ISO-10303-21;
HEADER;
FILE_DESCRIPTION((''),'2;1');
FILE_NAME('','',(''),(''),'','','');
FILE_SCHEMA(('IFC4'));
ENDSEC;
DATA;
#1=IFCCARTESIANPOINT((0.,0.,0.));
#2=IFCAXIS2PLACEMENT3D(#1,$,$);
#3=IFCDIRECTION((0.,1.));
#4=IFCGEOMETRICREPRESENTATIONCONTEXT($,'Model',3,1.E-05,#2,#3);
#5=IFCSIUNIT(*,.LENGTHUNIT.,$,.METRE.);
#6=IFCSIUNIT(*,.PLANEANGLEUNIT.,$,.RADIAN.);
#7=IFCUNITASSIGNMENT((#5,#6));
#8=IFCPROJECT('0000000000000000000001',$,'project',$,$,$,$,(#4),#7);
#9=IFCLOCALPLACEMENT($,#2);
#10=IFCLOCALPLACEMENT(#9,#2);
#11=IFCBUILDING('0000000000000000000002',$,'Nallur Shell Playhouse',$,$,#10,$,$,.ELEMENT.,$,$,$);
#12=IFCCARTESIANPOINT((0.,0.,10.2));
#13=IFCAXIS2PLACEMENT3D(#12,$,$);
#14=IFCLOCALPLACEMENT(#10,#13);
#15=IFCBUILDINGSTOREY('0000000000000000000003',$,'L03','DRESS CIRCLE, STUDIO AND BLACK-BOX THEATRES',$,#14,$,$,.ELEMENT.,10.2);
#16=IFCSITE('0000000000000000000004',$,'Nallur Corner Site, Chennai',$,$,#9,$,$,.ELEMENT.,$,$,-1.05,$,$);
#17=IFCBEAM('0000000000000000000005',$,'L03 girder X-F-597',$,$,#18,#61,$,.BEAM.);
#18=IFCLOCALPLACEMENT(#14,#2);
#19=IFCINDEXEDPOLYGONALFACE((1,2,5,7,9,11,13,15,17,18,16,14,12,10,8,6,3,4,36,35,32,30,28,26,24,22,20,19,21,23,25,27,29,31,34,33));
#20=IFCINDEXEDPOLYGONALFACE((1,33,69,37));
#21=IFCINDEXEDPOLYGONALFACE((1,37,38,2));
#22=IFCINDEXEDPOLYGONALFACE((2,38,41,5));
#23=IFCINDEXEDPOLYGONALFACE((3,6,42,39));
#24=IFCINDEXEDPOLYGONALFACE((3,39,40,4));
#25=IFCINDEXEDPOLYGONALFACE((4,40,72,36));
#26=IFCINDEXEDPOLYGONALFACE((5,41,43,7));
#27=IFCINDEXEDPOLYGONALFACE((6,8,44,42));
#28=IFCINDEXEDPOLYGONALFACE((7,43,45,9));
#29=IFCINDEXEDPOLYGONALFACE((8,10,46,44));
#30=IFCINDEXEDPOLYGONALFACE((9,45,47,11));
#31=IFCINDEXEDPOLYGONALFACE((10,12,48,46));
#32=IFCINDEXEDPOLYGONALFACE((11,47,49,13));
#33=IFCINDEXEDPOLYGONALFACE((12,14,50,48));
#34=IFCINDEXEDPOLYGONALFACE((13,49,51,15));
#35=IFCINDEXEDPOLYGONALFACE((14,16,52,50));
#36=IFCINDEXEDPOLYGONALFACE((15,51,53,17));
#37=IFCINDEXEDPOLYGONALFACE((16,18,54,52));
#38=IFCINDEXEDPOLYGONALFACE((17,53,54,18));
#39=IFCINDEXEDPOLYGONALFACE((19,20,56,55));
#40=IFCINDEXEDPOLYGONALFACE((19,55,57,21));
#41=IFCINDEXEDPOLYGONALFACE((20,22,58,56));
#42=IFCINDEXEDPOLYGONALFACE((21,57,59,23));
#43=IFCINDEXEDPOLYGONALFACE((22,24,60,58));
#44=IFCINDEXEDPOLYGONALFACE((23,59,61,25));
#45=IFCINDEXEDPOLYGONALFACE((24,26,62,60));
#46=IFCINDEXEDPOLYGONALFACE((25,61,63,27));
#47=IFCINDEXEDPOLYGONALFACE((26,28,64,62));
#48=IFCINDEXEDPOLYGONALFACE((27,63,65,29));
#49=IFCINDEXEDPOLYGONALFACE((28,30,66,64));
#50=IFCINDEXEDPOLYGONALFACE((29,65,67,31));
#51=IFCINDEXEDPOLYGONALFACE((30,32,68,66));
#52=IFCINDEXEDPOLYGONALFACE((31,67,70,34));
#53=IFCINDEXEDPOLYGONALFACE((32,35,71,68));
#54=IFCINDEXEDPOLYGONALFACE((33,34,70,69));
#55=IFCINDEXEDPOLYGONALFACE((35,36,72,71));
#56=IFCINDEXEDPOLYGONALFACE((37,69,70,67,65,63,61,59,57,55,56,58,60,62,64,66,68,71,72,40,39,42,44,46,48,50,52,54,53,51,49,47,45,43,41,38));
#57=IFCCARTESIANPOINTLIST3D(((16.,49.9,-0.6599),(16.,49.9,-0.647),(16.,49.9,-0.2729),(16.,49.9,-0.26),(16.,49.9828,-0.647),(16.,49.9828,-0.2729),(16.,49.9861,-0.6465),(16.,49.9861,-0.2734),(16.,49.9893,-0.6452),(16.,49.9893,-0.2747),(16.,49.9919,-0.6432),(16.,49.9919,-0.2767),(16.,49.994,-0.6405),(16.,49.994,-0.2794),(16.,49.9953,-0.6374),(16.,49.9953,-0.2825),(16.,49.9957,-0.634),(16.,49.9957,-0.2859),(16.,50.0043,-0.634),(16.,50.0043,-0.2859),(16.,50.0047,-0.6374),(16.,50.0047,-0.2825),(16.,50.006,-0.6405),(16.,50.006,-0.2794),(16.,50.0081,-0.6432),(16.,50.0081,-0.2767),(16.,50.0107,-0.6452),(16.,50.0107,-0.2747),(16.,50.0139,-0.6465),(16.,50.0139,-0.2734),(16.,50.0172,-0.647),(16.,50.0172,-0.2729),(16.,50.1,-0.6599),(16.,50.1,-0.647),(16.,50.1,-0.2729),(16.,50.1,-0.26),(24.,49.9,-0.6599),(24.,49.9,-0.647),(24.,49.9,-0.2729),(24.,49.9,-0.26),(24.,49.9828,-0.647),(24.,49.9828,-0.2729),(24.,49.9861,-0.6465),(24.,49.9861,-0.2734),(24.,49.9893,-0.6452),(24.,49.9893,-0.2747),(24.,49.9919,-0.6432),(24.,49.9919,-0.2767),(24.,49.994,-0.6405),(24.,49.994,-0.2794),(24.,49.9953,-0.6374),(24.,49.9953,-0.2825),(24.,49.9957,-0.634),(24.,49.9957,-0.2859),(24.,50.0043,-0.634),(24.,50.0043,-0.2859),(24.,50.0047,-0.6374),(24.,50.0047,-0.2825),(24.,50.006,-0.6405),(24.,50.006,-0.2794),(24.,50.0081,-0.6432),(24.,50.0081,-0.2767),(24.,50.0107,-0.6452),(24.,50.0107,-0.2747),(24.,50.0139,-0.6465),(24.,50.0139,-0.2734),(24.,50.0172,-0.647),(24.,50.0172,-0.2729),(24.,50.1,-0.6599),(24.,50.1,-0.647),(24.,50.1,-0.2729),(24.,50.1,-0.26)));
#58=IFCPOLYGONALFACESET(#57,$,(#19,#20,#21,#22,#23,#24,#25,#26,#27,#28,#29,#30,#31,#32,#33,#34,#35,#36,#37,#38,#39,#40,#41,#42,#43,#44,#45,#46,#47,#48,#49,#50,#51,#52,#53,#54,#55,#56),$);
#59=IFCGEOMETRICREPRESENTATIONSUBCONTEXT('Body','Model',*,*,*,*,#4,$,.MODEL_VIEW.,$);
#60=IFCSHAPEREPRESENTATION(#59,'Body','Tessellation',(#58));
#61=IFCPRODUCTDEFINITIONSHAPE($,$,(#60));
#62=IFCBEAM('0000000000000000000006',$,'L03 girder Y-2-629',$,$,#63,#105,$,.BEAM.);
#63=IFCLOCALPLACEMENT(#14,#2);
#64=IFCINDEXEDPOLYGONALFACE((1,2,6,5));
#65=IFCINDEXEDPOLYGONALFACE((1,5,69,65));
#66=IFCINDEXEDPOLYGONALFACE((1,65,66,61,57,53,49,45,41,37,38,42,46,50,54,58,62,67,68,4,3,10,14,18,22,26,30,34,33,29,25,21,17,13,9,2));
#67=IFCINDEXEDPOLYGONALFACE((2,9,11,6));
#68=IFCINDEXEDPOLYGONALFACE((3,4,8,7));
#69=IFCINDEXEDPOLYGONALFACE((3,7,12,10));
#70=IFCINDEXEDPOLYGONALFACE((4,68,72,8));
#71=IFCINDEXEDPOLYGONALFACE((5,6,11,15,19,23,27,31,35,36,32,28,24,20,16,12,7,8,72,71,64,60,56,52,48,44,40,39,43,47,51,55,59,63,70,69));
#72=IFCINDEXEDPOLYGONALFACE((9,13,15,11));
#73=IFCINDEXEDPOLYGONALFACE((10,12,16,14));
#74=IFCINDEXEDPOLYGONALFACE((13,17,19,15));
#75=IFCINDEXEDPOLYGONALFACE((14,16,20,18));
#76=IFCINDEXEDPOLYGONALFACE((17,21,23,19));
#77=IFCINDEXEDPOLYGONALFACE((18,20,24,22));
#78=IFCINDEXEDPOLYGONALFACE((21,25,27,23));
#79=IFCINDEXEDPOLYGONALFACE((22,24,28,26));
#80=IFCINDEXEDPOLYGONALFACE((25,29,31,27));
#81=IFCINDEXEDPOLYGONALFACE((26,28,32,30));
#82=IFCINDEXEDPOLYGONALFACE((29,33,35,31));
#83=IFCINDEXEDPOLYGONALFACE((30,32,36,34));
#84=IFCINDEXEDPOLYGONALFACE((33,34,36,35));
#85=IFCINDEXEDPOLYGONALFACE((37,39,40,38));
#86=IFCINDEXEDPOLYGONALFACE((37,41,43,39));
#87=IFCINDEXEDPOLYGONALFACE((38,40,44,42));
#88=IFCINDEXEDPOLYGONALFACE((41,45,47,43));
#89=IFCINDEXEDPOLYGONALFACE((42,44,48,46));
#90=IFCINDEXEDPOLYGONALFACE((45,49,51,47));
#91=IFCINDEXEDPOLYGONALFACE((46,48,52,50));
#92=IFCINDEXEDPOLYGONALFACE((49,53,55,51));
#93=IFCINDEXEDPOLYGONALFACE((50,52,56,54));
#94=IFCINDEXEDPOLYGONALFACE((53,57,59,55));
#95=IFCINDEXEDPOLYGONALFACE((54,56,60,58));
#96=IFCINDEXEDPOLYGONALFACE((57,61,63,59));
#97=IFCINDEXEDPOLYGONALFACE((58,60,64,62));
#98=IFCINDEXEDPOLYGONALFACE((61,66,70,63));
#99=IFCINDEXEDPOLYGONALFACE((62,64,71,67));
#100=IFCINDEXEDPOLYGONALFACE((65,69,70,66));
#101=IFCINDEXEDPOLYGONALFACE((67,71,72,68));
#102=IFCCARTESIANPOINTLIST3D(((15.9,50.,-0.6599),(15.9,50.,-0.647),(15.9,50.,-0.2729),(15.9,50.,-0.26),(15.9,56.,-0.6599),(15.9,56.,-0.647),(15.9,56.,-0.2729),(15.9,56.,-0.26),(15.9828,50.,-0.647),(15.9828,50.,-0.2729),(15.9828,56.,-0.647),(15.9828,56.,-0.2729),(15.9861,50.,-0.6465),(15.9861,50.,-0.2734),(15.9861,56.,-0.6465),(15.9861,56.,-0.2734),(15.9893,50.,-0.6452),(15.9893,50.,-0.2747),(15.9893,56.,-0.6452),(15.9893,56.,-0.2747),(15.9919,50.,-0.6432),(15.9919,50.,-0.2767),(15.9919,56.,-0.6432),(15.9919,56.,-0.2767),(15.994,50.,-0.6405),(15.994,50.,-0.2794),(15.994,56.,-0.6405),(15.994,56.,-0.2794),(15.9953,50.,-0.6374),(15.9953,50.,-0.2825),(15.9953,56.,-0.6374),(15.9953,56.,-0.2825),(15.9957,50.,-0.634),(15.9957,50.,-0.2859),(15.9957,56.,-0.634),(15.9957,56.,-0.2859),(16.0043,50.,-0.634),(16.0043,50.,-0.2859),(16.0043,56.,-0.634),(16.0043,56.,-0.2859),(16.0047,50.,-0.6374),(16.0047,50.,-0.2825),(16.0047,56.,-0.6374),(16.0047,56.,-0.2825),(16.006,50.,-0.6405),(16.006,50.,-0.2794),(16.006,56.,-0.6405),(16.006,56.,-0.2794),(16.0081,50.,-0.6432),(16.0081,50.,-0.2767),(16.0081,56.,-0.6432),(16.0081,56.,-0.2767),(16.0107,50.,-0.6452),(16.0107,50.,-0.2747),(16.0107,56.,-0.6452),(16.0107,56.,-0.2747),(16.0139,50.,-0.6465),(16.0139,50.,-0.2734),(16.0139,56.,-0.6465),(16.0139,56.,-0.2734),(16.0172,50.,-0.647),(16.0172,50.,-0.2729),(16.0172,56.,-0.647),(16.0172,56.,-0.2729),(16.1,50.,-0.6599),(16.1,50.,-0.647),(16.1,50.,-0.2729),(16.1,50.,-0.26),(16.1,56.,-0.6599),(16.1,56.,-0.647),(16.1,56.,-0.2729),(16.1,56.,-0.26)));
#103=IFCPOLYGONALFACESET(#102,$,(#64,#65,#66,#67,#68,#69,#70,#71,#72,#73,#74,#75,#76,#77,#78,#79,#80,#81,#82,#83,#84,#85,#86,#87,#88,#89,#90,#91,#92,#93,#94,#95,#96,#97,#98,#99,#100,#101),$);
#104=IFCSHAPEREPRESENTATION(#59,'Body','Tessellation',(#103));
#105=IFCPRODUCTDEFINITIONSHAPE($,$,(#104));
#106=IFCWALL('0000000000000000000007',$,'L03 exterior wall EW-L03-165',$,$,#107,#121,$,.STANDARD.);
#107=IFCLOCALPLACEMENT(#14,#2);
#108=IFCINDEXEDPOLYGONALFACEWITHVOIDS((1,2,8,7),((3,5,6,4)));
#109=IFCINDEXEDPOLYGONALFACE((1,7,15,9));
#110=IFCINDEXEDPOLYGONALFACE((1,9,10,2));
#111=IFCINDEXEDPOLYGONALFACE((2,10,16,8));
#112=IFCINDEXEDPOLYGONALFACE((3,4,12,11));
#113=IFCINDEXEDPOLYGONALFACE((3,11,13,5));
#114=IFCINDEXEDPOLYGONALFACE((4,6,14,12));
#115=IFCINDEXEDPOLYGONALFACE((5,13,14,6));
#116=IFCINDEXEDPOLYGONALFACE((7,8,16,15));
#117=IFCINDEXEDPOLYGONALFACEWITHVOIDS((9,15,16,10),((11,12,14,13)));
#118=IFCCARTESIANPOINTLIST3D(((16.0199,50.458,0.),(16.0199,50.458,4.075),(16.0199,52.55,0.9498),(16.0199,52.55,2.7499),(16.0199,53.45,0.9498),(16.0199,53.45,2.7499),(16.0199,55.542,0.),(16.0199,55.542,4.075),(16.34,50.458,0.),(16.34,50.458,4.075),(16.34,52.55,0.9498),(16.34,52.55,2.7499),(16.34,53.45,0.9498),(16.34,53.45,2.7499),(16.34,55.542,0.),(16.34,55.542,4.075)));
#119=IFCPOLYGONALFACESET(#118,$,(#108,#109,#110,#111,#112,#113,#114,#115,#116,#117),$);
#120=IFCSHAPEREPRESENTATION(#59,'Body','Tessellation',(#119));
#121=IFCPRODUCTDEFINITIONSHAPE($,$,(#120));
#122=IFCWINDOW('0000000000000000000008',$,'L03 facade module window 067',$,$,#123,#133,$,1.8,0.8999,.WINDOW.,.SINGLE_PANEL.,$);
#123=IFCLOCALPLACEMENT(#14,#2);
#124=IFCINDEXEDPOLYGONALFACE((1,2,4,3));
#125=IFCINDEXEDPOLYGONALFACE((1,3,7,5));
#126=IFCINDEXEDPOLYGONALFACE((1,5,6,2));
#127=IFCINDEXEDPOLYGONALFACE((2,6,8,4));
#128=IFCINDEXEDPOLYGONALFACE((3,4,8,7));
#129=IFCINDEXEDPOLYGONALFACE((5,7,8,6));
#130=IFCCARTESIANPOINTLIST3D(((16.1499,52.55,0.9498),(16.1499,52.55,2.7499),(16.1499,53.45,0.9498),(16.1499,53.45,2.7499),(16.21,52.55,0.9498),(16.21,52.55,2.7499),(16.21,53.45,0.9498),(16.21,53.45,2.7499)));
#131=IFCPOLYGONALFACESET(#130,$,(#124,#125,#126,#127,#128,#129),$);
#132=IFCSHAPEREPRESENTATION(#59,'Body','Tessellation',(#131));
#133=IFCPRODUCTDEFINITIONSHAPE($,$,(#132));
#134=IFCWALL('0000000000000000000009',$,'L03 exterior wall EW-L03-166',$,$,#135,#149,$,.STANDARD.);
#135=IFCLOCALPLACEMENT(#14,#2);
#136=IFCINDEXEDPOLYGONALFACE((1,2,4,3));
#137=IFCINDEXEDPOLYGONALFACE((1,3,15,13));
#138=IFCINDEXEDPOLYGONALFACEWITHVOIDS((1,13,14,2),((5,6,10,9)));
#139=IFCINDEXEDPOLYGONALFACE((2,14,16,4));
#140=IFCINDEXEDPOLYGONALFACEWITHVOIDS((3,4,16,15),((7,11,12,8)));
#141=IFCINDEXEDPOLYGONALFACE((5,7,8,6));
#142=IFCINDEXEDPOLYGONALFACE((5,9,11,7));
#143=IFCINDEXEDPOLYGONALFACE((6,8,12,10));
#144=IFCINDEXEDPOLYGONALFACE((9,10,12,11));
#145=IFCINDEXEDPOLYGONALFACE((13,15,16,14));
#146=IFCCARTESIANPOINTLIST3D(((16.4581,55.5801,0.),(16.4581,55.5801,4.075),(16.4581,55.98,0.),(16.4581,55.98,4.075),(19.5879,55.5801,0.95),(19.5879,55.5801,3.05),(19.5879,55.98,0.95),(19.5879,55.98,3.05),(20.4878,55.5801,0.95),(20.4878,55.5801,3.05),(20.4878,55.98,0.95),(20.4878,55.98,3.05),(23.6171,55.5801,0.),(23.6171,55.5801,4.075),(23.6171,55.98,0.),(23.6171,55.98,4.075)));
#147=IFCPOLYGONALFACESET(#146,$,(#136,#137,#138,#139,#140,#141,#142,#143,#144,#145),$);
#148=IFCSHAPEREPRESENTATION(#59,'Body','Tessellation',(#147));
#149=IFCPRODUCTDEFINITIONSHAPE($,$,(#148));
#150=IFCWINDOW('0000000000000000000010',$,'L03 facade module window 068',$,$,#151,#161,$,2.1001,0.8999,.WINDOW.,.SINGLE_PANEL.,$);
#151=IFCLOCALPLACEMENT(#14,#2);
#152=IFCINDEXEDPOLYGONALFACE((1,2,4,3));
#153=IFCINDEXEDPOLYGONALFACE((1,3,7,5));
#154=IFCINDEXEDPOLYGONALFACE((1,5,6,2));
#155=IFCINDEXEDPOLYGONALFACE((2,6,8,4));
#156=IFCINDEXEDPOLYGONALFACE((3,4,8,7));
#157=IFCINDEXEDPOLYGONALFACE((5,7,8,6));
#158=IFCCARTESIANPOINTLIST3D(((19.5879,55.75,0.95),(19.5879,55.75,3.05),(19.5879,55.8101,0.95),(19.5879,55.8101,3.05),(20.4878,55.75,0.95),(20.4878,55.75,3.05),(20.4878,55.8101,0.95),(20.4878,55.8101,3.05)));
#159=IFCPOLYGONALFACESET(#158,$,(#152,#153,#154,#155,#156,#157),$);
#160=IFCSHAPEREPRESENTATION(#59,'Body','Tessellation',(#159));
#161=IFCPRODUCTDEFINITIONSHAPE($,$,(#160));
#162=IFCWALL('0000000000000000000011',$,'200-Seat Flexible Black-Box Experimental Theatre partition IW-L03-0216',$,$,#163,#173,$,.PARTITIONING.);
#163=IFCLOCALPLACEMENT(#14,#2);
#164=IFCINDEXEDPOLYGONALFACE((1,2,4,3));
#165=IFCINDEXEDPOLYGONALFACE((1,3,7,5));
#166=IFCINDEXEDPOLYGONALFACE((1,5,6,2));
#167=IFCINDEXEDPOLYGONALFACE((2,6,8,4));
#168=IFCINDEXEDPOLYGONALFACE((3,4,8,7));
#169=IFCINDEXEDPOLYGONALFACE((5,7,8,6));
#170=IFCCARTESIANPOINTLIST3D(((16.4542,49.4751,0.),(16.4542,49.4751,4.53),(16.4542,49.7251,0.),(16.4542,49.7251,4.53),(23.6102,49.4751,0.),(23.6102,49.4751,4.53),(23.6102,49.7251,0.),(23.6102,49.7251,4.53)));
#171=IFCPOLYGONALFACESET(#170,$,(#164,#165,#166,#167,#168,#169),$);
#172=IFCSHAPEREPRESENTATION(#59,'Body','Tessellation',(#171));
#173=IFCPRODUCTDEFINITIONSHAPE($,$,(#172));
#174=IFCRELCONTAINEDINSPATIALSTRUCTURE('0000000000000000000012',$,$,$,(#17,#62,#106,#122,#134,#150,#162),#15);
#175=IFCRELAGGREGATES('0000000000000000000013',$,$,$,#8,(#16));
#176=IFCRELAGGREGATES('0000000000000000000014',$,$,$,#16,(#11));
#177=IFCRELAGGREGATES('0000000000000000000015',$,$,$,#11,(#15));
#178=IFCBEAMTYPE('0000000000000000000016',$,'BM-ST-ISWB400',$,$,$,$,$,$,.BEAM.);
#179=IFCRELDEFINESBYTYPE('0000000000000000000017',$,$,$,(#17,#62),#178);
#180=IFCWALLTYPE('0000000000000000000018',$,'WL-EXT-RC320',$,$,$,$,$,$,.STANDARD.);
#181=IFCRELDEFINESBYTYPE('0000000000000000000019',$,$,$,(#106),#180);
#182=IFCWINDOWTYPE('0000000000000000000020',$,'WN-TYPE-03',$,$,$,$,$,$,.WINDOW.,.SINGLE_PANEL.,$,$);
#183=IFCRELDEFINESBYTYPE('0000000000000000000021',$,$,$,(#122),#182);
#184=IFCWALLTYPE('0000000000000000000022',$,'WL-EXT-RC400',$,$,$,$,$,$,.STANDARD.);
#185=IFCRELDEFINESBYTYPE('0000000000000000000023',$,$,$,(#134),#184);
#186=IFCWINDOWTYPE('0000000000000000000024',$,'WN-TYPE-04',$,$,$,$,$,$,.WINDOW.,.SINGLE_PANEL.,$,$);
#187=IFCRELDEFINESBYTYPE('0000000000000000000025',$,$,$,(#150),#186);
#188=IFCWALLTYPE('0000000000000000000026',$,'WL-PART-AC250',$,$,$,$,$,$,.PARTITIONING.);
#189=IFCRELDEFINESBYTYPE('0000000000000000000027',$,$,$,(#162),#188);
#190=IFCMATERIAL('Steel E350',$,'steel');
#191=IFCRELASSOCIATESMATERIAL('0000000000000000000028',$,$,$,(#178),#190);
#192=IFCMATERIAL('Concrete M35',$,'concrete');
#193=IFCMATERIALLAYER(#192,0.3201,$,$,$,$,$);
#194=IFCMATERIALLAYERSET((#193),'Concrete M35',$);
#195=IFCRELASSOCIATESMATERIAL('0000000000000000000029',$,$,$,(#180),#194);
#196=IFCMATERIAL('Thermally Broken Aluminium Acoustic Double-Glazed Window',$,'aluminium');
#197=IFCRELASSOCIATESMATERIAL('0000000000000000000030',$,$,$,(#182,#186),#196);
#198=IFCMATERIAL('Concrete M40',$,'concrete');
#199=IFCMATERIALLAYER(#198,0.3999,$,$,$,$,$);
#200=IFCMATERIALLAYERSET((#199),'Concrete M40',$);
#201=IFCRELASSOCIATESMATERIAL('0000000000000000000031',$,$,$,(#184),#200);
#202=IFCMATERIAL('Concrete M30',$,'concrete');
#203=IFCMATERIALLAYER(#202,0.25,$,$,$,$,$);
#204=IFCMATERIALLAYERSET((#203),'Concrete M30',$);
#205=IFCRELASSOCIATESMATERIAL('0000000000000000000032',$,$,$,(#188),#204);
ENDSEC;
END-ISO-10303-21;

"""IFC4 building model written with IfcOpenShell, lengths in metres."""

from ifc_helpers import new_model, si_unit, direction, frame, frame_2d, origin, origin_2d, place, context, subcontext, project, spatial, rectangle, i_section, extrude, material, layer, layer_set, material_profile, profile_set, type_object, element, fill, save


model = new_model("IFC4")

# Units and contexts
model_context = context("Model", 3, precision=1e-05, world=origin(), true_north=direction((0.0, 1.0)))
body_context = subcontext(model_context, "Body", "Model", "MODEL_VIEW")
ifc_project = project(units=[si_unit("LENGTHUNIT", "METRE"), si_unit("PLANEANGLEUNIT", "RADIAN")], contexts=[model_context])

# Site, building, storey
site_placement = place(None, origin())
site = spatial("IfcSite", under=ifc_project, at=site_placement, Name="Nallur Corner Site, Chennai", CompositionType="ELEMENT", RefElevation=-1.05)
building_placement = place(site_placement, origin())
building = spatial("IfcBuilding", under=site, at=building_placement, Name="Nallur Shell Playhouse", CompositionType="ELEMENT")
storey_placement = place(building_placement, frame((0.0, 0.0, 10.2)))
storey = spatial("IfcBuildingStorey", under=building, at=storey_placement, Name="L03", Description="DRESS CIRCLE, STUDIO AND BLACK-BOX THEATRES", CompositionType="ELEMENT", Elevation=10.2)

# Shared definitions
ifc_material_1 = material(Name="Concrete M40", Category="concrete")

# Beams
ifc_material_2 = material(Name="Steel E350", Category="steel")
ifc_material_profile_1 = material_profile(ifc_material_2, i_section(OverallWidth=0.2, OverallDepth=0.3999, WebThickness=0.0085, FlangeThickness=0.0129, FilletRadius=0.0129, at=origin_2d()), Name="ISWB 400")
ifc_profile_set_1 = profile_set([ifc_material_profile_1], Name="Steel E350")
beam_type_1 = type_object("IfcBeamType", Name="BM-ST-ISWB400", PredefinedType="BEAM", material=ifc_profile_set_1)
beam_1_placement = place(storey_placement, frame((16.0, 50.0, -0.46), z_axis=(1.0, 0.0, 0.0), x_axis=(0.0, 1.0, 0.0)))
element("IfcBeam", 1, at=beam_1_placement, inside=storey, type_object=beam_type_1, Name="L03 girder X-F-597", PredefinedType="BEAM", context=body_context, shape_type="SweptSolid", body=[
    extrude(i_section(OverallWidth=0.2, OverallDepth=0.3999, WebThickness=0.0085, FlangeThickness=0.0129, FilletRadius=0.0129, at=origin_2d()), origin(), (0.0, 0.0, 1.0), 8.0),
])
beam_2_placement = place(storey_placement, frame((16.0, 50.0, -0.46), z_axis=(0.0, 1.0, 0.0), x_axis=(-1.0, 0.0, 0.0)))
element("IfcBeam", 2, at=beam_2_placement, inside=storey, type_object=beam_type_1, Name="L03 girder Y-2-629", PredefinedType="BEAM", context=body_context, shape_type="SweptSolid", body=[
    extrude(i_section(OverallWidth=0.2, OverallDepth=0.3999, WebThickness=0.0085, FlangeThickness=0.0129, FilletRadius=0.0129, at=origin_2d()), origin(), (0.0, 0.0, 1.0), 6.0),
])

# Walls, openings, windows
ifc_material_3 = material(Name="Concrete M35", Category="concrete")
ifc_layer_1 = layer(ifc_material_3, 0.3201)
ifc_layer_set_1 = layer_set([ifc_layer_1], Name="Concrete M35")
wall_type_1 = type_object("IfcWallType", Name="WL-EXT-RC320", PredefinedType="STANDARD", material=ifc_layer_set_1)
wall_1_placement = place(storey_placement, frame((16.1799, 50.458, 0.0), z_axis=(0.0, 0.0, 1.0), x_axis=(0.0, 1.0, 0.0)))
wall_1 = element("IfcWall", 3, at=wall_1_placement, inside=storey, type_object=wall_type_1, Name="L03 exterior wall EW-L03-165", PredefinedType="STANDARD", context=body_context, shape_type="SweptSolid", body=[
    extrude(rectangle(XDim=5.084, YDim=0.3201, at=frame_2d((2.542, 0.0))), origin(), (0.0, 0.0, 1.0), 4.075),
])
opening_1_placement = place(wall_1_placement, frame((2.092, 0.0, 0.95)))
opening_1 = element("IfcOpeningElement", 4, at=opening_1_placement, cuts=wall_1, PredefinedType="OPENING", context=body_context, shape_type="SweptSolid", body=[
    extrude(rectangle(XDim=0.8999, YDim=1.8, at=frame_2d((0.45, 0.8999))), frame((0.0, 0.1699, 0.0), z_axis=(0.0, -1.0, 0.0), x_axis=(1.0, 0.0, 0.0)), (0.0, 0.0, 1.0), 0.3401),
])
ifc_material_4 = material(Name="Thermally Broken Aluminium Acoustic Double-Glazed Window", Category="aluminium")
window_type_1 = type_object("IfcWindowType", Name="WN-TYPE-03", PartitioningType="SINGLE_PANEL", PredefinedType="WINDOW", material=ifc_material_4)
window_1_placement = place(opening_1_placement, origin())
window_1 = element("IfcWindow", 5, at=window_1_placement, inside=storey, type_object=window_type_1, Name="L03 facade module window 067", OverallHeight=1.8, OverallWidth=0.8999, PartitioningType="SINGLE_PANEL", PredefinedType="WINDOW", context=body_context, shape_type="SweptSolid", body=[
    extrude(rectangle(XDim=0.8999, YDim=1.8, at=frame_2d((0.45, 0.8999))), frame((0.0, 0.03, 0.0), z_axis=(0.0, -1.0, 0.0), x_axis=(1.0, 0.0, 0.0)), (0.0, 0.0, 1.0), 0.0601),
])
fill(opening_1, window_1)
ifc_layer_2 = layer(ifc_material_1, 0.3999)
ifc_layer_set_2 = layer_set([ifc_layer_2], Name="Concrete M40")
wall_type_2 = type_object("IfcWallType", Name="WL-EXT-RC400", PredefinedType="STANDARD", material=ifc_layer_set_2)
wall_2_placement = place(storey_placement, frame((16.458, 55.78, 0.0), z_axis=(0.0, 0.0, 1.0), x_axis=(1.0, 0.0, 0.0)))
wall_2 = element("IfcWall", 6, at=wall_2_placement, inside=storey, type_object=wall_type_2, Name="L03 exterior wall EW-L03-166", PredefinedType="STANDARD", context=body_context, shape_type="SweptSolid", body=[
    extrude(rectangle(XDim=7.1589, YDim=0.3999, at=frame_2d((3.5796, 0.0))), origin(), (0.0, 0.0, 1.0), 4.075),
])
opening_2_placement = place(wall_2_placement, frame((3.1299, 0.0, 0.95)))
opening_2 = element("IfcOpeningElement", 7, at=opening_2_placement, cuts=wall_2, PredefinedType="OPENING", context=body_context, shape_type="SweptSolid", body=[
    extrude(rectangle(XDim=0.8999, YDim=2.1001, at=frame_2d((0.45, 1.05))), frame((0.0, 0.21, 0.0), z_axis=(0.0, -1.0, 0.0), x_axis=(1.0, 0.0, 0.0)), (0.0, 0.0, 1.0), 0.4199),
])
window_type_2 = type_object("IfcWindowType", Name="WN-TYPE-04", PartitioningType="SINGLE_PANEL", PredefinedType="WINDOW", material=ifc_material_4)
window_2_placement = place(opening_2_placement, origin())
window_2 = element("IfcWindow", 8, at=window_2_placement, inside=storey, type_object=window_type_2, Name="L03 facade module window 068", OverallHeight=2.1001, OverallWidth=0.8999, PartitioningType="SINGLE_PANEL", PredefinedType="WINDOW", context=body_context, shape_type="SweptSolid", body=[
    extrude(rectangle(XDim=0.8999, YDim=2.1001, at=frame_2d((0.45, 1.05))), frame((0.0, 0.03, 0.0), z_axis=(0.0, -1.0, 0.0), x_axis=(1.0, 0.0, 0.0)), (0.0, 0.0, 1.0), 0.0601),
])
fill(opening_2, window_2)

# Wall
ifc_material_5 = material(Name="Concrete M30", Category="concrete")
ifc_layer_3 = layer(ifc_material_5, 0.25)
ifc_layer_set_3 = layer_set([ifc_layer_3], Name="Concrete M30")
wall_type_3 = type_object("IfcWallType", Name="WL-PART-AC250", PredefinedType="PARTITIONING", material=ifc_layer_set_3)
wall_3_placement = place(storey_placement, frame((16.4541, 49.6001, 0.0), z_axis=(0.0, 0.0, 1.0), x_axis=(1.0, 0.0, 0.0)))
element("IfcWall", 9, at=wall_3_placement, inside=storey, type_object=wall_type_3, Name="200-Seat Flexible Black-Box Experimental Theatre partition IW-L03-0216", PredefinedType="PARTITIONING", context=body_context, shape_type="SweptSolid", body=[
    extrude(rectangle(XDim=7.156, YDim=0.25, at=frame_2d((3.5781, 0.0))), origin(), (0.0, 0.0, 1.0), 4.53),
])

save(model, "model.ifc")
